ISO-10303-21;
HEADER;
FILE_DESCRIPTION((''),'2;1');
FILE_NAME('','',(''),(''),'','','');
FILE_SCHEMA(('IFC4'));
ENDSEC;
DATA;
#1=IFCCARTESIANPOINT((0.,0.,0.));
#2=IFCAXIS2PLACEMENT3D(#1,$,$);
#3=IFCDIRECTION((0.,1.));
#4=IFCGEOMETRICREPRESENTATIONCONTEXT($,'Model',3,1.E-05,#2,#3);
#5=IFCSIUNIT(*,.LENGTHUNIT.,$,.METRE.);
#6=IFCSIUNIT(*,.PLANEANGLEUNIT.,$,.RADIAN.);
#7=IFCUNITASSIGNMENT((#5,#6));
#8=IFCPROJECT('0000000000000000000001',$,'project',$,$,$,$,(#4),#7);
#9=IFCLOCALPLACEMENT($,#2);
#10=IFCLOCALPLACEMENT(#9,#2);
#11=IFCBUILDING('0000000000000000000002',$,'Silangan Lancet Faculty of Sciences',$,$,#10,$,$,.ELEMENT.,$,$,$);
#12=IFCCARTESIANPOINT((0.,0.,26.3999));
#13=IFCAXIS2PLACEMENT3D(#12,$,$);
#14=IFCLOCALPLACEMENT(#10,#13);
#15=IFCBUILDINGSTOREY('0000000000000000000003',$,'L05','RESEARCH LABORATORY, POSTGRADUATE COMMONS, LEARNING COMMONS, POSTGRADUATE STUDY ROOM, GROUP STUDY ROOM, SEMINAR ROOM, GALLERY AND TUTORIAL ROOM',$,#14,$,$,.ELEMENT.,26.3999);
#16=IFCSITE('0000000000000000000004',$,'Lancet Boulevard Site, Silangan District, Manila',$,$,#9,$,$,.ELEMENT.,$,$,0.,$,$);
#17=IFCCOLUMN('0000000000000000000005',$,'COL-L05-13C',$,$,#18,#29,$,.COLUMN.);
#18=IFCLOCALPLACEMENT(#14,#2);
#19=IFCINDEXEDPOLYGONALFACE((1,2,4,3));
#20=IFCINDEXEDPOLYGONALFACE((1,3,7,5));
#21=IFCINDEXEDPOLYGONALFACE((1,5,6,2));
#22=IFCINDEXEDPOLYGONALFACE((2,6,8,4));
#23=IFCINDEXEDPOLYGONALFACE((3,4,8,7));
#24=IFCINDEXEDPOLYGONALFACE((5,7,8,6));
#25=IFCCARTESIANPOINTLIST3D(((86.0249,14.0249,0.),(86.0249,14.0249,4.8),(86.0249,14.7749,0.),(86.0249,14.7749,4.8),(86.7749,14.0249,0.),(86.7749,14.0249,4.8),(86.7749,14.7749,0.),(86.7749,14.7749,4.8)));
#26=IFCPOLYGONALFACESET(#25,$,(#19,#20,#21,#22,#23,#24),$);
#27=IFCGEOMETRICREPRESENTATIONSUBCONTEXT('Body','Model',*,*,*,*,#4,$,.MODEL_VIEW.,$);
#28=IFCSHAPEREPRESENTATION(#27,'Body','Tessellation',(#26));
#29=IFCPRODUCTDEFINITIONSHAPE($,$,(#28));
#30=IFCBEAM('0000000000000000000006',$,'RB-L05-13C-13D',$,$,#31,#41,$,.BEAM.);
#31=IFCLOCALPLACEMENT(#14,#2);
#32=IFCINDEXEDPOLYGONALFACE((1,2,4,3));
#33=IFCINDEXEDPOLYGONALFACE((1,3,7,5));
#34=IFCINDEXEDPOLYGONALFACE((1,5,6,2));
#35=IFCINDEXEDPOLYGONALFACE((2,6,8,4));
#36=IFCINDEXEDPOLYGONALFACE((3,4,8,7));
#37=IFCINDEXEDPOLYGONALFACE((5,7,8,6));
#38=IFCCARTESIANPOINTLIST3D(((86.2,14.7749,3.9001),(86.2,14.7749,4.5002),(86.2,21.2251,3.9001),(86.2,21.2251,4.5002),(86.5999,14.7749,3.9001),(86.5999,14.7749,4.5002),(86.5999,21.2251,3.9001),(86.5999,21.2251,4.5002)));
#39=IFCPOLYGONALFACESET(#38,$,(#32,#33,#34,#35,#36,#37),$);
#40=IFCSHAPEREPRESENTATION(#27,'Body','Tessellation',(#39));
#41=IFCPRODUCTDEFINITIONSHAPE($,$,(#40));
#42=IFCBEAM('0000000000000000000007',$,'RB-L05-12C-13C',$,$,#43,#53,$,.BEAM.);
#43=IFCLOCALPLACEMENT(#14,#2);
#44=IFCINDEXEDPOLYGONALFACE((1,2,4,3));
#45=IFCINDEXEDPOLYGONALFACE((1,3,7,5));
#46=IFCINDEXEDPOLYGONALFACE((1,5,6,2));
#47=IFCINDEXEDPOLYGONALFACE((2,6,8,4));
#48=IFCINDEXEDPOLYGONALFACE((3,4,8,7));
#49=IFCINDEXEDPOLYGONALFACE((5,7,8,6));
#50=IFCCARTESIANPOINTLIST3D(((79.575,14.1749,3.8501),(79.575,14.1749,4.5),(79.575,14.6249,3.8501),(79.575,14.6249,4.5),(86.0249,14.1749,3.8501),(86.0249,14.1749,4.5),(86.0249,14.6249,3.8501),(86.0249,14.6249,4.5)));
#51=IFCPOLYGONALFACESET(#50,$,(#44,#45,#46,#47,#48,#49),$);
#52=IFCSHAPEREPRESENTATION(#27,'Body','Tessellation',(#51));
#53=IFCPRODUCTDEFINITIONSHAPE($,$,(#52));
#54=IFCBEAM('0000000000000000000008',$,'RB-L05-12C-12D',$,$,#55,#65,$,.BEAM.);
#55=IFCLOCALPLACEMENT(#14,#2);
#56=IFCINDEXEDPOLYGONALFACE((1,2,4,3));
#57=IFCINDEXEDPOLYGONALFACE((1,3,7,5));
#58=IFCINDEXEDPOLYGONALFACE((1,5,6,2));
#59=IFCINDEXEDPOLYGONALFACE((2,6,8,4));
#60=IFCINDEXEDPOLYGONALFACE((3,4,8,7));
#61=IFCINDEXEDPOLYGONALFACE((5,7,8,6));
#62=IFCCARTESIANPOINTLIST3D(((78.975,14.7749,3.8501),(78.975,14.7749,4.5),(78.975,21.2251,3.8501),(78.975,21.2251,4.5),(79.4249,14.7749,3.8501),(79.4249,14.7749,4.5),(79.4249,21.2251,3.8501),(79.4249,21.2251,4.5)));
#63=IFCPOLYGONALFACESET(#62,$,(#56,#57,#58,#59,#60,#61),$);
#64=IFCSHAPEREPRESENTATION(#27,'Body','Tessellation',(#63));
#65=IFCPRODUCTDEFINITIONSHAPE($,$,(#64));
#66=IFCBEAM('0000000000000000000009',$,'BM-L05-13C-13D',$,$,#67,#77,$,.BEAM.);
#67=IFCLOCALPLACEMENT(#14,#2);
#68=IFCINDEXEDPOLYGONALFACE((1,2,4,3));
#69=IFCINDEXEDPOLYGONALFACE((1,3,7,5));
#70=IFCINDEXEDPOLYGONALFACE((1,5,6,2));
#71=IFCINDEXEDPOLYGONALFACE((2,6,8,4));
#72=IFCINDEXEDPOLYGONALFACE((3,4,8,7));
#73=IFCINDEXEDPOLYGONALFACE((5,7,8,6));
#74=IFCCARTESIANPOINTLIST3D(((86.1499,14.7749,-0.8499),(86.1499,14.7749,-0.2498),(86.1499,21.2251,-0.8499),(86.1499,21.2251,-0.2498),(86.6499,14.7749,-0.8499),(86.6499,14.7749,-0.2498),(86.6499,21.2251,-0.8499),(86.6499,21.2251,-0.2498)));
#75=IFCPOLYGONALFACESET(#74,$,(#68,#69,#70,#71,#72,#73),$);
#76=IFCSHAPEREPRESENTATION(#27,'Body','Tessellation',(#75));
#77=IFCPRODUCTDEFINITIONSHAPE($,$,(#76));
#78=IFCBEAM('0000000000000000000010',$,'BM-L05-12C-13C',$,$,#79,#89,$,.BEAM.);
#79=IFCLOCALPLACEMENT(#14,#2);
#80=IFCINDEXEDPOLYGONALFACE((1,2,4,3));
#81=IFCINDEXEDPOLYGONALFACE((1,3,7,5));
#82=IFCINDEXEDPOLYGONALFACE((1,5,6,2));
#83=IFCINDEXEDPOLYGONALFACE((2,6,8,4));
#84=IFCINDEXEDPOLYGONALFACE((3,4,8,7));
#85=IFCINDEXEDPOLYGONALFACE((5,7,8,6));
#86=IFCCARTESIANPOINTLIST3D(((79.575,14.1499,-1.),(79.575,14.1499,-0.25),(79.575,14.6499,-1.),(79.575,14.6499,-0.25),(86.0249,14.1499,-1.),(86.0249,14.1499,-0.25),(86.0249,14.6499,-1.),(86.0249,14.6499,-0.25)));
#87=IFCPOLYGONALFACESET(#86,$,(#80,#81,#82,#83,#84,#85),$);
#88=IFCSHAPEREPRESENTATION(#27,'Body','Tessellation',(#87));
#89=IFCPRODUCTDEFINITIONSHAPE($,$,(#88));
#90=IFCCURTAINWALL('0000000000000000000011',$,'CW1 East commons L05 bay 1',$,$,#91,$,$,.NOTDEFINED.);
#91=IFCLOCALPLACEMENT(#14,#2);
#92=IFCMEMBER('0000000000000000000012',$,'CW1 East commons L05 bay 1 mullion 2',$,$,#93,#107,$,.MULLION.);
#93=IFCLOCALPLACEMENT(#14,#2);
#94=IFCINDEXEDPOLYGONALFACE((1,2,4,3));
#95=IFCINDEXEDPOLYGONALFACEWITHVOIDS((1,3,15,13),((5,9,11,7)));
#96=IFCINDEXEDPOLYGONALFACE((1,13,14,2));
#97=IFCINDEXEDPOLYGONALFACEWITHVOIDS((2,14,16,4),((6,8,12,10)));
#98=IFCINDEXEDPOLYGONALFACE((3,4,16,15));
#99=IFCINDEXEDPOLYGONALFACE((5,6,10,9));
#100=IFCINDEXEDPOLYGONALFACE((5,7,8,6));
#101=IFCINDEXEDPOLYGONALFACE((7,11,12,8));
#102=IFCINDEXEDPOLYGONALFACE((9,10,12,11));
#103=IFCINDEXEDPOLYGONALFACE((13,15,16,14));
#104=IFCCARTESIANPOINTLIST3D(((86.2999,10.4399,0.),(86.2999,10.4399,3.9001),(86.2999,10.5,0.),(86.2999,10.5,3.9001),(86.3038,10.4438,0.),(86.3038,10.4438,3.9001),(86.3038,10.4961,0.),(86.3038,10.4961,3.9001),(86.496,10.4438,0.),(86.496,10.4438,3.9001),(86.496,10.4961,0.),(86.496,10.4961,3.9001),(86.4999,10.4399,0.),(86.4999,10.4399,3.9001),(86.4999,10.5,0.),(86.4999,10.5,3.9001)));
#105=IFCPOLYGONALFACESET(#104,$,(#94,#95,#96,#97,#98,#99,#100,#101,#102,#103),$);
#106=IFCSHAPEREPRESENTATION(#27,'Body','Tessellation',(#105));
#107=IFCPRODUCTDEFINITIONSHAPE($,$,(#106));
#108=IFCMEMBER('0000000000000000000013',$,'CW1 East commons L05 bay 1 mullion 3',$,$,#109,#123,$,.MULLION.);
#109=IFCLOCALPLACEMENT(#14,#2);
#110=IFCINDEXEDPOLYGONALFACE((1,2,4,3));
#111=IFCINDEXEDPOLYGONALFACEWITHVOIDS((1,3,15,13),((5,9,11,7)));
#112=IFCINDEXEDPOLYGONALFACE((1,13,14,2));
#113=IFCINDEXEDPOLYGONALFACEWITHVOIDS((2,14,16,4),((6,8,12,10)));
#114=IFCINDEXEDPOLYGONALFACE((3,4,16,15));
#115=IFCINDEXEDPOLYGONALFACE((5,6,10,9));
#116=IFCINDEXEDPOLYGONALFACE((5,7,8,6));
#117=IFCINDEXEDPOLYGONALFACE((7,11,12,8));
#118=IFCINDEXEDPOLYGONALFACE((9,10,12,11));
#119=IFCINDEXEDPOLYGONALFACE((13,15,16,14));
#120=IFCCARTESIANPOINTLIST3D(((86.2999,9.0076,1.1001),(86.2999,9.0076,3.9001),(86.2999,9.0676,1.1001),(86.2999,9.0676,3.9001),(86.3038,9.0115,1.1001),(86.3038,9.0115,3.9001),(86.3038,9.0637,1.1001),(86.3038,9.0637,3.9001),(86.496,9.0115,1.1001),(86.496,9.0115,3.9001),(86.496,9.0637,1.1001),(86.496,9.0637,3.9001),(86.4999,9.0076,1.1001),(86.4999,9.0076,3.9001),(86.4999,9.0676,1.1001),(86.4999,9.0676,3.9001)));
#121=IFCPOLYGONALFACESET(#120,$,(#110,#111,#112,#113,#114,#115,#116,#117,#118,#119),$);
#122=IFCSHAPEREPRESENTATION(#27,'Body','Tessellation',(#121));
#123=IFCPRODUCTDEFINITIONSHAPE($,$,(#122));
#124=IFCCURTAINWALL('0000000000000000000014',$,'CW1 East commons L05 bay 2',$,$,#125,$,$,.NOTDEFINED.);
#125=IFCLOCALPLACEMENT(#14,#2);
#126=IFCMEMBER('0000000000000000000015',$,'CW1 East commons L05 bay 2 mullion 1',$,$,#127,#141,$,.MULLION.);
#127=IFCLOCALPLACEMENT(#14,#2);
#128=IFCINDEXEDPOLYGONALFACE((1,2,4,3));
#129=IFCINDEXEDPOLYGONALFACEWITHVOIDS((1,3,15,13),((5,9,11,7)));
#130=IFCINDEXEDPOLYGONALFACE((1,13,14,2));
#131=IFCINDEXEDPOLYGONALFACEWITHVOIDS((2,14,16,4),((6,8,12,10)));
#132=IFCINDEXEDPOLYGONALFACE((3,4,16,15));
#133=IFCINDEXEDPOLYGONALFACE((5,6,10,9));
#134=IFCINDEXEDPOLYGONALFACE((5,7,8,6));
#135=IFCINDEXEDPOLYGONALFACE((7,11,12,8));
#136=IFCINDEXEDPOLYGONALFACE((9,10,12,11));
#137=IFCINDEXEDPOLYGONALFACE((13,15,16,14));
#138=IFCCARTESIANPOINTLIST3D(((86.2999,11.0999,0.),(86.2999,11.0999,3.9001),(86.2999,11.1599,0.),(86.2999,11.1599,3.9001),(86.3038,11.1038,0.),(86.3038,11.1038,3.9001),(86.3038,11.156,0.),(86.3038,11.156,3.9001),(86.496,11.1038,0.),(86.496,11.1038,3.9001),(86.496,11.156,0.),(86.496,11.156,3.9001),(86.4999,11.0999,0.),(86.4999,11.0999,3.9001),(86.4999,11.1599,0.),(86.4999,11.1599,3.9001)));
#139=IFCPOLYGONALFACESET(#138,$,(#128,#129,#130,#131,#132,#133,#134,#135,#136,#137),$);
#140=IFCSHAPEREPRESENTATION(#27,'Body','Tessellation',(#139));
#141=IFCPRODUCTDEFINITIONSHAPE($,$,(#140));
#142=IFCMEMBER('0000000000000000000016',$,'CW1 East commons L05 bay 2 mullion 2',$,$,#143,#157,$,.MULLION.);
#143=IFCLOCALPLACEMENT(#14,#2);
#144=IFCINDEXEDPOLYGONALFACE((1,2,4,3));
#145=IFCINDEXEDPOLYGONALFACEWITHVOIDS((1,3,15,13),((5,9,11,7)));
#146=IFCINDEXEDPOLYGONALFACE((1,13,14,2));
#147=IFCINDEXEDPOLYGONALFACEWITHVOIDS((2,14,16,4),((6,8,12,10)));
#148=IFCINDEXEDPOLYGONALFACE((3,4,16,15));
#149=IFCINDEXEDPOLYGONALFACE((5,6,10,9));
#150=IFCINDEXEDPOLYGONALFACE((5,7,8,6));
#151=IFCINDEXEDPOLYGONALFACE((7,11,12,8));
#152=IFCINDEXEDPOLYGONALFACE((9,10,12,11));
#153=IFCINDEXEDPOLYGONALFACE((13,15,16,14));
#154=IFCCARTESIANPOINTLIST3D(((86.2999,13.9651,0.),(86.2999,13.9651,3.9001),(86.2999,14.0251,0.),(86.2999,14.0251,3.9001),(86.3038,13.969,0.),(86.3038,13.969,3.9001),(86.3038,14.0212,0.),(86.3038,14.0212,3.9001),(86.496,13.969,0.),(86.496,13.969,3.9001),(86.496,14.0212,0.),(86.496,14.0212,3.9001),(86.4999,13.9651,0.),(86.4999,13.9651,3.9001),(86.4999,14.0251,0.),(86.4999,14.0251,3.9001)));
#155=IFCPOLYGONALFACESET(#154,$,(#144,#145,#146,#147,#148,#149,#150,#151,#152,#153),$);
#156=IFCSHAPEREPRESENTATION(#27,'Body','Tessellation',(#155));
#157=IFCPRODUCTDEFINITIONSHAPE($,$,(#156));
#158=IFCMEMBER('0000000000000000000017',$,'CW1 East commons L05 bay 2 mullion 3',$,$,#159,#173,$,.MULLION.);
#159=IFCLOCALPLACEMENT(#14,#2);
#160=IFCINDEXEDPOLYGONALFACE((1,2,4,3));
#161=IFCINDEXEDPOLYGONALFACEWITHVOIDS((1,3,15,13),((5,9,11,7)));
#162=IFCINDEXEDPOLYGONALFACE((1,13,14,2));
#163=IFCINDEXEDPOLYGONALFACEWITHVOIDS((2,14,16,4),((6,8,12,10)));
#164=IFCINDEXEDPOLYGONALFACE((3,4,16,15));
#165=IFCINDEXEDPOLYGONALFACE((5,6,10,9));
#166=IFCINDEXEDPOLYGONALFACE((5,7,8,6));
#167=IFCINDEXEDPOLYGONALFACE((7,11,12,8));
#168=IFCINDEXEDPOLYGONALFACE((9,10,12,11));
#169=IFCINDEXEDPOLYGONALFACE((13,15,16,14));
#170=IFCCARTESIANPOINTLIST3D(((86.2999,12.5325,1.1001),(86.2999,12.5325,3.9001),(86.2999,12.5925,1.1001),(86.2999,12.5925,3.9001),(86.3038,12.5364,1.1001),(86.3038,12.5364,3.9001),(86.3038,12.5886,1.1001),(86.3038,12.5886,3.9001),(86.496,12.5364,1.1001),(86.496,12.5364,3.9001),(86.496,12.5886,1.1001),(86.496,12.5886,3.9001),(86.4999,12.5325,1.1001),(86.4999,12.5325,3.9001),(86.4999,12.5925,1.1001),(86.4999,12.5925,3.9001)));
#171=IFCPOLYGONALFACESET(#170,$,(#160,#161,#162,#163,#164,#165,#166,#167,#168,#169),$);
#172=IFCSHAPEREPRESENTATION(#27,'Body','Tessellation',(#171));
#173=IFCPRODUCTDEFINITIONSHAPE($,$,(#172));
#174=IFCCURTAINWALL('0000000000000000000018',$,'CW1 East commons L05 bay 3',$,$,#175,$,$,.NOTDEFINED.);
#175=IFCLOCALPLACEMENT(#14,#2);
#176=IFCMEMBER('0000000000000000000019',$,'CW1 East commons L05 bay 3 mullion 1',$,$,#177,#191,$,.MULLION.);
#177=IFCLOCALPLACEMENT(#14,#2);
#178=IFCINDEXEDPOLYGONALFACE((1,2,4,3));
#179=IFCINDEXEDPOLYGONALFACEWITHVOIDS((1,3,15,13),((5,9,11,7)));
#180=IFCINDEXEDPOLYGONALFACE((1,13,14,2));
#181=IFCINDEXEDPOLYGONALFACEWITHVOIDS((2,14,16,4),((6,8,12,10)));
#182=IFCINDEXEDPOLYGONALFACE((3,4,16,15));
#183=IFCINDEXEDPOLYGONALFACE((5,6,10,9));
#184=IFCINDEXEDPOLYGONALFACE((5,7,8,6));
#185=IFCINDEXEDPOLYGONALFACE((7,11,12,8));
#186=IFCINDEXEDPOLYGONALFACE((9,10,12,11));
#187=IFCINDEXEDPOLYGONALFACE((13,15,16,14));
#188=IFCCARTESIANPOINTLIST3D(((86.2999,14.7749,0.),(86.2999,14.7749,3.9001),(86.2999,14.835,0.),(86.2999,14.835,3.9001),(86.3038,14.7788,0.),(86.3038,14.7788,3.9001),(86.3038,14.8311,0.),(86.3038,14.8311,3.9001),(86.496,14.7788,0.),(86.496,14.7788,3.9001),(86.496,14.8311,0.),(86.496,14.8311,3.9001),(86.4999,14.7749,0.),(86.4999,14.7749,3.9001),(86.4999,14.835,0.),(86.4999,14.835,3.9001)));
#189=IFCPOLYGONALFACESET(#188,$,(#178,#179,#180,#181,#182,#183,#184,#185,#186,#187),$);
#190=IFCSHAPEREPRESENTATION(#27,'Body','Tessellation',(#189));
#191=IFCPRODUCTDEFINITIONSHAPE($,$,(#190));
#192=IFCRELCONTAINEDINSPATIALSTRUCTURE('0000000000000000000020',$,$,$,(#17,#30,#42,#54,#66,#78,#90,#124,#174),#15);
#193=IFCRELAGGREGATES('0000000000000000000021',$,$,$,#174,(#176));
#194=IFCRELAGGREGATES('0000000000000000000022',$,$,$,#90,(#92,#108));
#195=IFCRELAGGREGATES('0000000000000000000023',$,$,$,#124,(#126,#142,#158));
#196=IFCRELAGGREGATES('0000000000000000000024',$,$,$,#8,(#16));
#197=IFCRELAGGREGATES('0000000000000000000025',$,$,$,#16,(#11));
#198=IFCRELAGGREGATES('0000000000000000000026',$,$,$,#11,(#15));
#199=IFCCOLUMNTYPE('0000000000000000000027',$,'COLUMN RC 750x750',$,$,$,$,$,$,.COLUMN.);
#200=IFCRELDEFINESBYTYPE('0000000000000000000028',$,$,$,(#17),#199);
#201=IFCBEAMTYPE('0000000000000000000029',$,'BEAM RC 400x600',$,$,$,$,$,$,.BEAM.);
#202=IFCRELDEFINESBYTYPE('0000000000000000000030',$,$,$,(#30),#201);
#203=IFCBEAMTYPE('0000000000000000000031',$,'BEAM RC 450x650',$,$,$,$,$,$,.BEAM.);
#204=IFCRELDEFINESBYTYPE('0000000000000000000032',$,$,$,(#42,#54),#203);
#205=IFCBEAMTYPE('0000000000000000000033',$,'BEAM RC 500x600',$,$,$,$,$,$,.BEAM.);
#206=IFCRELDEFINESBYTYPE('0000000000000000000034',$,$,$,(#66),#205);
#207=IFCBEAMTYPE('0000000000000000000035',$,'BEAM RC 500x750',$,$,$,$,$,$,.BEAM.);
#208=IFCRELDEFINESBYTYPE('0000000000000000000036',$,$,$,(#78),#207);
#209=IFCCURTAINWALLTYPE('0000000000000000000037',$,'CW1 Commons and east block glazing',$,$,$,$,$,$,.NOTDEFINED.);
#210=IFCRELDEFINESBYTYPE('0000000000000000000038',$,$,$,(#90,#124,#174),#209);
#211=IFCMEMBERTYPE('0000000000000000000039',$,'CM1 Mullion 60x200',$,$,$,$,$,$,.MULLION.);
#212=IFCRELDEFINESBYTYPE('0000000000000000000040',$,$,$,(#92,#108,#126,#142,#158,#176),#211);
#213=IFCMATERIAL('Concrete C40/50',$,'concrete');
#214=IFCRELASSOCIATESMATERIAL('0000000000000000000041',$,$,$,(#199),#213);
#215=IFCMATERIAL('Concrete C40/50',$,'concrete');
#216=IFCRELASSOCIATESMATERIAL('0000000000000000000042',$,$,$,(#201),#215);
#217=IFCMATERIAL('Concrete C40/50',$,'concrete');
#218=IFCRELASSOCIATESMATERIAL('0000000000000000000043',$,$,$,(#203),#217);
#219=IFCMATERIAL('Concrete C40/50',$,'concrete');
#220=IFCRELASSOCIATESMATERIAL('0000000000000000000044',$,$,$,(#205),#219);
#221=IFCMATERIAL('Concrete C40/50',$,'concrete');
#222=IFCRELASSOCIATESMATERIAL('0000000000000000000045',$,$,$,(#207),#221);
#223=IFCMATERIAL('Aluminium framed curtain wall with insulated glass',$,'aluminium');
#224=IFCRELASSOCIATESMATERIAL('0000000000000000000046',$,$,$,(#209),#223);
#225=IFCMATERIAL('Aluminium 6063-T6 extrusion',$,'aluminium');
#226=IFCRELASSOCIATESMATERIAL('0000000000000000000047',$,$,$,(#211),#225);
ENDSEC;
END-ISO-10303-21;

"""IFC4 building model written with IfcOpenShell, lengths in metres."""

from ifc_helpers import new_model, si_unit, direction, frame, origin, origin_2d, place, context, subcontext, project, spatial, rectangle, hollow_rectangle, extrude, material, material_profile, profile_set, type_object, element, aggregate, save


model = new_model("IFC4")

# Units and contexts
model_context = context("Model", 3, precision=1e-05, world=origin(), true_north=direction((0.0, 1.0)))
body_context = subcontext(model_context, "Body", "Model", "MODEL_VIEW")
ifc_project = project(units=[si_unit("LENGTHUNIT", "METRE"), si_unit("PLANEANGLEUNIT", "RADIAN")], contexts=[model_context])

# Site, building, storey
site_placement = place(None, origin())
site = spatial("IfcSite", under=ifc_project, at=site_placement, Name="Lancet Boulevard Site, Silangan District, Manila", CompositionType="ELEMENT", RefElevation=0.0)
building_placement = place(site_placement, origin())
building = spatial("IfcBuilding", under=site, at=building_placement, Name="Silangan Lancet Faculty of Sciences", CompositionType="ELEMENT")
storey_placement = place(building_placement, frame((0.0, 0.0, 26.3999)))
storey = spatial("IfcBuildingStorey", under=building, at=storey_placement, Name="L05", Description="RESEARCH LABORATORY, POSTGRADUATE COMMONS, LEARNING COMMONS, POSTGRADUATE STUDY ROOM, GROUP STUDY ROOM, SEMINAR ROOM, GALLERY AND TUTORIAL ROOM", CompositionType="ELEMENT", Elevation=26.3999)

# Column
ifc_material_1 = material(Name="Concrete C40/50", Category="concrete")
ifc_material_profile_1 = material_profile(ifc_material_1, rectangle(XDim=0.75, YDim=0.75, at=origin_2d()), Name="RC 750x750")
ifc_profile_set_1 = profile_set([ifc_material_profile_1], Name="Concrete C40/50")
column_type = type_object("IfcColumnType", Name="COLUMN RC 750x750", PredefinedType="COLUMN", material=ifc_profile_set_1)
column_placement = place(storey_placement, frame((86.3999, 14.3999, 0.0), z_axis=(0.0, 0.0, 1.0), x_axis=(1.0, 0.0, 0.0)))
element("IfcColumn", 1, at=column_placement, inside=storey, type_object=column_type, Name="COL-L05-13C", PredefinedType="COLUMN", context=body_context, shape_type="SweptSolid", body=[
    extrude(rectangle(XDim=0.75, YDim=0.75, at=origin_2d()), origin(), (0.0, 0.0, 1.0), 4.8),
])

# Beams
ifc_material_2 = material(Name="Concrete C40/50", Category="concrete")
ifc_material_profile_2 = material_profile(ifc_material_2, rectangle(XDim=0.3999, YDim=0.6001, at=origin_2d()), Name="RC 400x600")
ifc_profile_set_2 = profile_set([ifc_material_profile_2], Name="Concrete C40/50")
beam_type_1 = type_object("IfcBeamType", Name="BEAM RC 400x600", PredefinedType="BEAM", material=ifc_profile_set_2)
beam_1_placement = place(storey_placement, frame((86.3999, 14.7749, 4.2002), z_axis=(0.0, 1.0, 0.0), x_axis=(-1.0, 0.0, 0.0)))
element("IfcBeam", 2, at=beam_1_placement, inside=storey, type_object=beam_type_1, Name="RB-L05-13C-13D", PredefinedType="BEAM", context=body_context, shape_type="SweptSolid", body=[
    extrude(rectangle(XDim=0.3999, YDim=0.6001, at=origin_2d()), origin(), (0.0, 0.0, 1.0), 6.4502),
])
ifc_material_3 = material(Name="Concrete C40/50", Category="concrete")
ifc_material_profile_3 = material_profile(ifc_material_3, rectangle(XDim=0.45, YDim=0.6499, at=origin_2d()), Name="RC 450x650")
ifc_profile_set_3 = profile_set([ifc_material_profile_3], Name="Concrete C40/50")
beam_type_2 = type_object("IfcBeamType", Name="BEAM RC 450x650", PredefinedType="BEAM", material=ifc_profile_set_3)
beam_2_placement = place(storey_placement, frame((79.575, 14.3999, 4.175), z_axis=(1.0, 0.0, 0.0), x_axis=(0.0, 1.0, 0.0)))
element("IfcBeam", 3, at=beam_2_placement, inside=storey, type_object=beam_type_2, Name="RB-L05-12C-13C", PredefinedType="BEAM", context=body_context, shape_type="SweptSolid", body=[
    extrude(rectangle(XDim=0.45, YDim=0.6499, at=origin_2d()), origin(), (0.0, 0.0, 1.0), 6.45),
])
beam_3_placement = place(storey_placement, frame((79.2, 14.7749, 4.175), z_axis=(0.0, 1.0, 0.0), x_axis=(-1.0, 0.0, 0.0)))
element("IfcBeam", 4, at=beam_3_placement, inside=storey, type_object=beam_type_2, Name="RB-L05-12C-12D", PredefinedType="BEAM", context=body_context, shape_type="SweptSolid", body=[
    extrude(rectangle(XDim=0.45, YDim=0.6499, at=origin_2d()), origin(), (0.0, 0.0, 1.0), 6.4502),
])
ifc_material_4 = material(Name="Concrete C40/50", Category="concrete")
ifc_material_profile_4 = material_profile(ifc_material_4, rectangle(XDim=0.5, YDim=0.6001, at=origin_2d()), Name="RC 500x600")
ifc_profile_set_4 = profile_set([ifc_material_profile_4], Name="Concrete C40/50")
beam_type_3 = type_object("IfcBeamType", Name="BEAM RC 500x600", PredefinedType="BEAM", material=ifc_profile_set_4)
beam_4_placement = place(storey_placement, frame((86.3999, 14.7749, -0.5498), z_axis=(0.0, 1.0, 0.0), x_axis=(-1.0, 0.0, 0.0)))
element("IfcBeam", 5, at=beam_4_placement, inside=storey, type_object=beam_type_3, Name="BM-L05-13C-13D", PredefinedType="BEAM", context=body_context, shape_type="SweptSolid", body=[
    extrude(rectangle(XDim=0.5, YDim=0.6001, at=origin_2d()), origin(), (0.0, 0.0, 1.0), 6.4502),
])
ifc_material_5 = material(Name="Concrete C40/50", Category="concrete")
ifc_material_profile_5 = material_profile(ifc_material_5, rectangle(XDim=0.5, YDim=0.75, at=origin_2d()), Name="RC 500x750")
ifc_profile_set_5 = profile_set([ifc_material_profile_5], Name="Concrete C40/50")
beam_type_4 = type_object("IfcBeamType", Name="BEAM RC 500x750", PredefinedType="BEAM", material=ifc_profile_set_5)
beam_5_placement = place(storey_placement, frame((79.575, 14.3999, -0.625), z_axis=(1.0, 0.0, 0.0), x_axis=(0.0, 1.0, 0.0)))
element("IfcBeam", 6, at=beam_5_placement, inside=storey, type_object=beam_type_4, Name="BM-L05-12C-13C", PredefinedType="BEAM", context=body_context, shape_type="SweptSolid", body=[
    extrude(rectangle(XDim=0.5, YDim=0.75, at=origin_2d()), origin(), (0.0, 0.0, 1.0), 6.45),
])

# Curtain walls, members
ifc_material_6 = material(Name="Aluminium framed curtain wall with insulated glass", Category="aluminium")
curtain_wall_type = type_object("IfcCurtainWallType", Name="CW1 Commons and east block glazing", PredefinedType="NOTDEFINED", material=ifc_material_6)
curtain_wall_1_placement = place(storey_placement, origin())
curtain_wall_1 = element("IfcCurtainWall", 7, at=curtain_wall_1_placement, inside=storey, type_object=curtain_wall_type, Name="CW1 East commons L05 bay 1", PredefinedType="NOTDEFINED")
ifc_material_7 = material(Name="Aluminium 6063-T6 extrusion", Category="aluminium")
ifc_material_profile_6 = material_profile(ifc_material_7, hollow_rectangle(XDim=0.0601, YDim=0.2, WallThickness=0.0039, at=origin_2d()), Name="AL BOX 60x200x4")
ifc_profile_set_6 = profile_set([ifc_material_profile_6], Name="Aluminium 6063-T6 extrusion")
member_type_1 = type_object("IfcMemberType", Name="CM1 Mullion 60x200", PredefinedType="MULLION", material=ifc_profile_set_6)
member_1_placement = place(storey_placement, frame((86.3999, 10.47, 0.0), z_axis=(0.0, 0.0, 1.0), x_axis=(0.0, 1.0, 0.0)))
member_1 = element("IfcMember", 8, at=member_1_placement, type_object=member_type_1, Name="CW1 East commons L05 bay 1 mullion 2", PredefinedType="MULLION", context=body_context, shape_type="SweptSolid", body=[
    extrude(hollow_rectangle(XDim=0.0601, YDim=0.2, WallThickness=0.0039, at=origin_2d()), origin(), (0.0, 0.0, 1.0), 3.9001),
])
member_2_placement = place(storey_placement, frame((86.3999, 9.0376, 1.1001), z_axis=(0.0, 0.0, 1.0), x_axis=(0.0, 1.0, 0.0)))
member_2 = element("IfcMember", 9, at=member_2_placement, type_object=member_type_1, Name="CW1 East commons L05 bay 1 mullion 3", PredefinedType="MULLION", context=body_context, shape_type="SweptSolid", body=[
    extrude(hollow_rectangle(XDim=0.0601, YDim=0.2, WallThickness=0.0039, at=origin_2d()), origin(), (0.0, 0.0, 1.0), 2.8),
])
curtain_wall_2_placement = place(storey_placement, origin())
curtain_wall_2 = element("IfcCurtainWall", 10, at=curtain_wall_2_placement, inside=storey, type_object=curtain_wall_type, Name="CW1 East commons L05 bay 2", PredefinedType="NOTDEFINED")
member_3_placement = place(storey_placement, frame((86.3999, 11.1299, 0.0), z_axis=(0.0, 0.0, 1.0), x_axis=(0.0, 1.0, 0.0)))
member_3 = element("IfcMember", 11, at=member_3_placement, type_object=member_type_1, Name="CW1 East commons L05 bay 2 mullion 1", PredefinedType="MULLION", context=body_context, shape_type="SweptSolid", body=[
    extrude(hollow_rectangle(XDim=0.0601, YDim=0.2, WallThickness=0.0039, at=origin_2d()), origin(), (0.0, 0.0, 1.0), 3.9001),
])
member_4_placement = place(storey_placement, frame((86.3999, 13.9951, 0.0), z_axis=(0.0, 0.0, 1.0), x_axis=(0.0, 1.0, 0.0)))
member_4 = element("IfcMember", 12, at=member_4_placement, type_object=member_type_1, Name="CW1 East commons L05 bay 2 mullion 2", PredefinedType="MULLION", context=body_context, shape_type="SweptSolid", body=[
    extrude(hollow_rectangle(XDim=0.0601, YDim=0.2, WallThickness=0.0039, at=origin_2d()), origin(), (0.0, 0.0, 1.0), 3.9001),
])
member_5_placement = place(storey_placement, frame((86.3999, 12.5625, 1.1001), z_axis=(0.0, 0.0, 1.0), x_axis=(0.0, 1.0, 0.0)))
member_5 = element("IfcMember", 13, at=member_5_placement, type_object=member_type_1, Name="CW1 East commons L05 bay 2 mullion 3", PredefinedType="MULLION", context=body_context, shape_type="SweptSolid", body=[
    extrude(hollow_rectangle(XDim=0.0601, YDim=0.2, WallThickness=0.0039, at=origin_2d()), origin(), (0.0, 0.0, 1.0), 2.8),
])

# Curtain wall, member
curtain_wall_3_placement = place(storey_placement, origin())
curtain_wall_3 = element("IfcCurtainWall", 14, at=curtain_wall_3_placement, inside=storey, type_object=curtain_wall_type, Name="CW1 East commons L05 bay 3", PredefinedType="NOTDEFINED")
member_6_placement = place(storey_placement, frame((86.3999, 14.8049, 0.0), z_axis=(0.0, 0.0, 1.0), x_axis=(0.0, 1.0, 0.0)))
member_6 = element("IfcMember", 15, at=member_6_placement, type_object=member_type_1, Name="CW1 East commons L05 bay 3 mullion 1", PredefinedType="MULLION", context=body_context, shape_type="SweptSolid", body=[
    extrude(hollow_rectangle(XDim=0.0601, YDim=0.2, WallThickness=0.0039, at=origin_2d()), origin(), (0.0, 0.0, 1.0), 3.9001),
])

aggregate(curtain_wall_3, [member_6])
aggregate(curtain_wall_1, [member_1, member_2])
aggregate(curtain_wall_2, [member_3, member_4, member_5])

save(model, "model.ifc")
